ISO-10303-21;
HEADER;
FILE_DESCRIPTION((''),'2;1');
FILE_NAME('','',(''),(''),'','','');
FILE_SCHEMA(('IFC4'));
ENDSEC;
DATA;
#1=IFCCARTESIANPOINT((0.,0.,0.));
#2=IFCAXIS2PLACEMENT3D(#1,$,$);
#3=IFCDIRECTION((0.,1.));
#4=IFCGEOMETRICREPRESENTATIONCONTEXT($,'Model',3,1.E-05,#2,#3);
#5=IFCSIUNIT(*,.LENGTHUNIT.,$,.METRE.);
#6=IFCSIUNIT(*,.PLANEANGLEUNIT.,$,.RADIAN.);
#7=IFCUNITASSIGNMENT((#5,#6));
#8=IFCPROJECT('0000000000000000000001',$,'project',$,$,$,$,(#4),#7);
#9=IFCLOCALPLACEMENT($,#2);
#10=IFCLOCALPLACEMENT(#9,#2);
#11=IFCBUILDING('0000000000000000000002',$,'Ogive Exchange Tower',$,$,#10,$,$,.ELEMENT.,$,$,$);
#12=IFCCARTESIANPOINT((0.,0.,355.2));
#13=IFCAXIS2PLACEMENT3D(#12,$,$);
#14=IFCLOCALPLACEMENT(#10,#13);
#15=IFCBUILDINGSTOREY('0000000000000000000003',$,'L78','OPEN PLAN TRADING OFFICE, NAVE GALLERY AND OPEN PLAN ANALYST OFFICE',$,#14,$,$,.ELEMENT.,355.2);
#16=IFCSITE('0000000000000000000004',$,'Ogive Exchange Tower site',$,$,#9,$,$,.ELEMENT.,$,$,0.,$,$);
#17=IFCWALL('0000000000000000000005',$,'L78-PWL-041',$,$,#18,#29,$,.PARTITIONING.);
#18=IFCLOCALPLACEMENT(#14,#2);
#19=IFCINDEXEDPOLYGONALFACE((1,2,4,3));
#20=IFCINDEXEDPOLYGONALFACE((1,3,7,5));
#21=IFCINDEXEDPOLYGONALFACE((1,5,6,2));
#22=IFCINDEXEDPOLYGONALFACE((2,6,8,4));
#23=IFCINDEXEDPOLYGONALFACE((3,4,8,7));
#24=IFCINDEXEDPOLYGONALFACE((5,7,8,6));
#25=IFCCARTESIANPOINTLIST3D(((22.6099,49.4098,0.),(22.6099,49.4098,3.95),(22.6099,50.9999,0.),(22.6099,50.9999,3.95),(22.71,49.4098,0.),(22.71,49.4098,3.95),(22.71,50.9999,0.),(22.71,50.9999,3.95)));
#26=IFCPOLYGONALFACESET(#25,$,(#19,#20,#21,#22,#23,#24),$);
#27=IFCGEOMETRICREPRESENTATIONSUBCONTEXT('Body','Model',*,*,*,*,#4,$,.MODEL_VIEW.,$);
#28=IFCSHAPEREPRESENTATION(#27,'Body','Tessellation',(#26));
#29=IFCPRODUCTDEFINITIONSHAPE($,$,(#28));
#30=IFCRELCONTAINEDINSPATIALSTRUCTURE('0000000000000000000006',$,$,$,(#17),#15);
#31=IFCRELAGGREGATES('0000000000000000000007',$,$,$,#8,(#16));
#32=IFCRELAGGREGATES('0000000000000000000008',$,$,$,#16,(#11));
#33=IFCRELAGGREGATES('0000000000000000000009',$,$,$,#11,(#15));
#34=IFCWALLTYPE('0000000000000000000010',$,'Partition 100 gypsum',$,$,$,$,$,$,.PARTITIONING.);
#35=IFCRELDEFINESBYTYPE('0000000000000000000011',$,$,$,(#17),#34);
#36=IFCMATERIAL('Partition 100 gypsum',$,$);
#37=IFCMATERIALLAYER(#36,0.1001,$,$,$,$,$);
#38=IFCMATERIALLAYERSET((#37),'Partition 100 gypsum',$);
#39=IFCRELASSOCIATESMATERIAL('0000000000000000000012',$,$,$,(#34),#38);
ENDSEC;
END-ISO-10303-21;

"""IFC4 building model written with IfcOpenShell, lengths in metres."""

from ifc_helpers import new_model, si_unit, direction, frame, frame_2d, origin, place, context, subcontext, project, spatial, rectangle, extrude, material, layer, layer_set, type_object, element, save


model = new_model("IFC4")

# Units and contexts
model_context = context("Model", 3, precision=1e-05, world=origin(), true_north=direction((0.0, 1.0)))
body_context = subcontext(model_context, "Body", "Model", "MODEL_VIEW")
ifc_project = project(units=[si_unit("LENGTHUNIT", "METRE"), si_unit("PLANEANGLEUNIT", "RADIAN")], contexts=[model_context])

# Site, building, storey
site_placement = place(None, origin())
site = spatial("IfcSite", under=ifc_project, at=site_placement, Name="Ogive Exchange Tower site", CompositionType="ELEMENT", RefElevation=0.0)
building_placement = place(site_placement, origin())
building = spatial("IfcBuilding", under=site, at=building_placement, Name="Ogive Exchange Tower", CompositionType="ELEMENT")
storey_placement = place(building_placement, frame((0.0, 0.0, 355.2)))
storey = spatial("IfcBuildingStorey", under=building, at=storey_placement, Name="L78", Description="OPEN PLAN TRADING OFFICE, NAVE GALLERY AND OPEN PLAN ANALYST OFFICE", CompositionType="ELEMENT", Elevation=355.2)

# Wall
ifc_material_1 = material(Name="Partition 100 gypsum")
ifc_layer_1 = layer(ifc_material_1, 0.1001)
ifc_layer_set_1 = layer_set([ifc_layer_1], Name="Partition 100 gypsum")
wall_type_1 = type_object("IfcWallType", Name="Partition 100 gypsum", PredefinedType="PARTITIONING", material=ifc_layer_set_1)
wall_1_placement = place(storey_placement, frame((22.6599, 49.4099, 0.0), z_axis=(0.0, 0.0, 1.0), x_axis=(0.0, 1.0, 0.0)))
element("IfcWall", 1, at=wall_1_placement, inside=storey, type_object=wall_type_1, Name="L78-PWL-041", PredefinedType="PARTITIONING", context=body_context, shape_type="SweptSolid", body=[
    extrude(rectangle(XDim=1.5901, YDim=0.1001, at=frame_2d((0.7949, 0.0))), origin(), (0.0, 0.0, 1.0), 3.95),
])

save(model, "model.ifc")
